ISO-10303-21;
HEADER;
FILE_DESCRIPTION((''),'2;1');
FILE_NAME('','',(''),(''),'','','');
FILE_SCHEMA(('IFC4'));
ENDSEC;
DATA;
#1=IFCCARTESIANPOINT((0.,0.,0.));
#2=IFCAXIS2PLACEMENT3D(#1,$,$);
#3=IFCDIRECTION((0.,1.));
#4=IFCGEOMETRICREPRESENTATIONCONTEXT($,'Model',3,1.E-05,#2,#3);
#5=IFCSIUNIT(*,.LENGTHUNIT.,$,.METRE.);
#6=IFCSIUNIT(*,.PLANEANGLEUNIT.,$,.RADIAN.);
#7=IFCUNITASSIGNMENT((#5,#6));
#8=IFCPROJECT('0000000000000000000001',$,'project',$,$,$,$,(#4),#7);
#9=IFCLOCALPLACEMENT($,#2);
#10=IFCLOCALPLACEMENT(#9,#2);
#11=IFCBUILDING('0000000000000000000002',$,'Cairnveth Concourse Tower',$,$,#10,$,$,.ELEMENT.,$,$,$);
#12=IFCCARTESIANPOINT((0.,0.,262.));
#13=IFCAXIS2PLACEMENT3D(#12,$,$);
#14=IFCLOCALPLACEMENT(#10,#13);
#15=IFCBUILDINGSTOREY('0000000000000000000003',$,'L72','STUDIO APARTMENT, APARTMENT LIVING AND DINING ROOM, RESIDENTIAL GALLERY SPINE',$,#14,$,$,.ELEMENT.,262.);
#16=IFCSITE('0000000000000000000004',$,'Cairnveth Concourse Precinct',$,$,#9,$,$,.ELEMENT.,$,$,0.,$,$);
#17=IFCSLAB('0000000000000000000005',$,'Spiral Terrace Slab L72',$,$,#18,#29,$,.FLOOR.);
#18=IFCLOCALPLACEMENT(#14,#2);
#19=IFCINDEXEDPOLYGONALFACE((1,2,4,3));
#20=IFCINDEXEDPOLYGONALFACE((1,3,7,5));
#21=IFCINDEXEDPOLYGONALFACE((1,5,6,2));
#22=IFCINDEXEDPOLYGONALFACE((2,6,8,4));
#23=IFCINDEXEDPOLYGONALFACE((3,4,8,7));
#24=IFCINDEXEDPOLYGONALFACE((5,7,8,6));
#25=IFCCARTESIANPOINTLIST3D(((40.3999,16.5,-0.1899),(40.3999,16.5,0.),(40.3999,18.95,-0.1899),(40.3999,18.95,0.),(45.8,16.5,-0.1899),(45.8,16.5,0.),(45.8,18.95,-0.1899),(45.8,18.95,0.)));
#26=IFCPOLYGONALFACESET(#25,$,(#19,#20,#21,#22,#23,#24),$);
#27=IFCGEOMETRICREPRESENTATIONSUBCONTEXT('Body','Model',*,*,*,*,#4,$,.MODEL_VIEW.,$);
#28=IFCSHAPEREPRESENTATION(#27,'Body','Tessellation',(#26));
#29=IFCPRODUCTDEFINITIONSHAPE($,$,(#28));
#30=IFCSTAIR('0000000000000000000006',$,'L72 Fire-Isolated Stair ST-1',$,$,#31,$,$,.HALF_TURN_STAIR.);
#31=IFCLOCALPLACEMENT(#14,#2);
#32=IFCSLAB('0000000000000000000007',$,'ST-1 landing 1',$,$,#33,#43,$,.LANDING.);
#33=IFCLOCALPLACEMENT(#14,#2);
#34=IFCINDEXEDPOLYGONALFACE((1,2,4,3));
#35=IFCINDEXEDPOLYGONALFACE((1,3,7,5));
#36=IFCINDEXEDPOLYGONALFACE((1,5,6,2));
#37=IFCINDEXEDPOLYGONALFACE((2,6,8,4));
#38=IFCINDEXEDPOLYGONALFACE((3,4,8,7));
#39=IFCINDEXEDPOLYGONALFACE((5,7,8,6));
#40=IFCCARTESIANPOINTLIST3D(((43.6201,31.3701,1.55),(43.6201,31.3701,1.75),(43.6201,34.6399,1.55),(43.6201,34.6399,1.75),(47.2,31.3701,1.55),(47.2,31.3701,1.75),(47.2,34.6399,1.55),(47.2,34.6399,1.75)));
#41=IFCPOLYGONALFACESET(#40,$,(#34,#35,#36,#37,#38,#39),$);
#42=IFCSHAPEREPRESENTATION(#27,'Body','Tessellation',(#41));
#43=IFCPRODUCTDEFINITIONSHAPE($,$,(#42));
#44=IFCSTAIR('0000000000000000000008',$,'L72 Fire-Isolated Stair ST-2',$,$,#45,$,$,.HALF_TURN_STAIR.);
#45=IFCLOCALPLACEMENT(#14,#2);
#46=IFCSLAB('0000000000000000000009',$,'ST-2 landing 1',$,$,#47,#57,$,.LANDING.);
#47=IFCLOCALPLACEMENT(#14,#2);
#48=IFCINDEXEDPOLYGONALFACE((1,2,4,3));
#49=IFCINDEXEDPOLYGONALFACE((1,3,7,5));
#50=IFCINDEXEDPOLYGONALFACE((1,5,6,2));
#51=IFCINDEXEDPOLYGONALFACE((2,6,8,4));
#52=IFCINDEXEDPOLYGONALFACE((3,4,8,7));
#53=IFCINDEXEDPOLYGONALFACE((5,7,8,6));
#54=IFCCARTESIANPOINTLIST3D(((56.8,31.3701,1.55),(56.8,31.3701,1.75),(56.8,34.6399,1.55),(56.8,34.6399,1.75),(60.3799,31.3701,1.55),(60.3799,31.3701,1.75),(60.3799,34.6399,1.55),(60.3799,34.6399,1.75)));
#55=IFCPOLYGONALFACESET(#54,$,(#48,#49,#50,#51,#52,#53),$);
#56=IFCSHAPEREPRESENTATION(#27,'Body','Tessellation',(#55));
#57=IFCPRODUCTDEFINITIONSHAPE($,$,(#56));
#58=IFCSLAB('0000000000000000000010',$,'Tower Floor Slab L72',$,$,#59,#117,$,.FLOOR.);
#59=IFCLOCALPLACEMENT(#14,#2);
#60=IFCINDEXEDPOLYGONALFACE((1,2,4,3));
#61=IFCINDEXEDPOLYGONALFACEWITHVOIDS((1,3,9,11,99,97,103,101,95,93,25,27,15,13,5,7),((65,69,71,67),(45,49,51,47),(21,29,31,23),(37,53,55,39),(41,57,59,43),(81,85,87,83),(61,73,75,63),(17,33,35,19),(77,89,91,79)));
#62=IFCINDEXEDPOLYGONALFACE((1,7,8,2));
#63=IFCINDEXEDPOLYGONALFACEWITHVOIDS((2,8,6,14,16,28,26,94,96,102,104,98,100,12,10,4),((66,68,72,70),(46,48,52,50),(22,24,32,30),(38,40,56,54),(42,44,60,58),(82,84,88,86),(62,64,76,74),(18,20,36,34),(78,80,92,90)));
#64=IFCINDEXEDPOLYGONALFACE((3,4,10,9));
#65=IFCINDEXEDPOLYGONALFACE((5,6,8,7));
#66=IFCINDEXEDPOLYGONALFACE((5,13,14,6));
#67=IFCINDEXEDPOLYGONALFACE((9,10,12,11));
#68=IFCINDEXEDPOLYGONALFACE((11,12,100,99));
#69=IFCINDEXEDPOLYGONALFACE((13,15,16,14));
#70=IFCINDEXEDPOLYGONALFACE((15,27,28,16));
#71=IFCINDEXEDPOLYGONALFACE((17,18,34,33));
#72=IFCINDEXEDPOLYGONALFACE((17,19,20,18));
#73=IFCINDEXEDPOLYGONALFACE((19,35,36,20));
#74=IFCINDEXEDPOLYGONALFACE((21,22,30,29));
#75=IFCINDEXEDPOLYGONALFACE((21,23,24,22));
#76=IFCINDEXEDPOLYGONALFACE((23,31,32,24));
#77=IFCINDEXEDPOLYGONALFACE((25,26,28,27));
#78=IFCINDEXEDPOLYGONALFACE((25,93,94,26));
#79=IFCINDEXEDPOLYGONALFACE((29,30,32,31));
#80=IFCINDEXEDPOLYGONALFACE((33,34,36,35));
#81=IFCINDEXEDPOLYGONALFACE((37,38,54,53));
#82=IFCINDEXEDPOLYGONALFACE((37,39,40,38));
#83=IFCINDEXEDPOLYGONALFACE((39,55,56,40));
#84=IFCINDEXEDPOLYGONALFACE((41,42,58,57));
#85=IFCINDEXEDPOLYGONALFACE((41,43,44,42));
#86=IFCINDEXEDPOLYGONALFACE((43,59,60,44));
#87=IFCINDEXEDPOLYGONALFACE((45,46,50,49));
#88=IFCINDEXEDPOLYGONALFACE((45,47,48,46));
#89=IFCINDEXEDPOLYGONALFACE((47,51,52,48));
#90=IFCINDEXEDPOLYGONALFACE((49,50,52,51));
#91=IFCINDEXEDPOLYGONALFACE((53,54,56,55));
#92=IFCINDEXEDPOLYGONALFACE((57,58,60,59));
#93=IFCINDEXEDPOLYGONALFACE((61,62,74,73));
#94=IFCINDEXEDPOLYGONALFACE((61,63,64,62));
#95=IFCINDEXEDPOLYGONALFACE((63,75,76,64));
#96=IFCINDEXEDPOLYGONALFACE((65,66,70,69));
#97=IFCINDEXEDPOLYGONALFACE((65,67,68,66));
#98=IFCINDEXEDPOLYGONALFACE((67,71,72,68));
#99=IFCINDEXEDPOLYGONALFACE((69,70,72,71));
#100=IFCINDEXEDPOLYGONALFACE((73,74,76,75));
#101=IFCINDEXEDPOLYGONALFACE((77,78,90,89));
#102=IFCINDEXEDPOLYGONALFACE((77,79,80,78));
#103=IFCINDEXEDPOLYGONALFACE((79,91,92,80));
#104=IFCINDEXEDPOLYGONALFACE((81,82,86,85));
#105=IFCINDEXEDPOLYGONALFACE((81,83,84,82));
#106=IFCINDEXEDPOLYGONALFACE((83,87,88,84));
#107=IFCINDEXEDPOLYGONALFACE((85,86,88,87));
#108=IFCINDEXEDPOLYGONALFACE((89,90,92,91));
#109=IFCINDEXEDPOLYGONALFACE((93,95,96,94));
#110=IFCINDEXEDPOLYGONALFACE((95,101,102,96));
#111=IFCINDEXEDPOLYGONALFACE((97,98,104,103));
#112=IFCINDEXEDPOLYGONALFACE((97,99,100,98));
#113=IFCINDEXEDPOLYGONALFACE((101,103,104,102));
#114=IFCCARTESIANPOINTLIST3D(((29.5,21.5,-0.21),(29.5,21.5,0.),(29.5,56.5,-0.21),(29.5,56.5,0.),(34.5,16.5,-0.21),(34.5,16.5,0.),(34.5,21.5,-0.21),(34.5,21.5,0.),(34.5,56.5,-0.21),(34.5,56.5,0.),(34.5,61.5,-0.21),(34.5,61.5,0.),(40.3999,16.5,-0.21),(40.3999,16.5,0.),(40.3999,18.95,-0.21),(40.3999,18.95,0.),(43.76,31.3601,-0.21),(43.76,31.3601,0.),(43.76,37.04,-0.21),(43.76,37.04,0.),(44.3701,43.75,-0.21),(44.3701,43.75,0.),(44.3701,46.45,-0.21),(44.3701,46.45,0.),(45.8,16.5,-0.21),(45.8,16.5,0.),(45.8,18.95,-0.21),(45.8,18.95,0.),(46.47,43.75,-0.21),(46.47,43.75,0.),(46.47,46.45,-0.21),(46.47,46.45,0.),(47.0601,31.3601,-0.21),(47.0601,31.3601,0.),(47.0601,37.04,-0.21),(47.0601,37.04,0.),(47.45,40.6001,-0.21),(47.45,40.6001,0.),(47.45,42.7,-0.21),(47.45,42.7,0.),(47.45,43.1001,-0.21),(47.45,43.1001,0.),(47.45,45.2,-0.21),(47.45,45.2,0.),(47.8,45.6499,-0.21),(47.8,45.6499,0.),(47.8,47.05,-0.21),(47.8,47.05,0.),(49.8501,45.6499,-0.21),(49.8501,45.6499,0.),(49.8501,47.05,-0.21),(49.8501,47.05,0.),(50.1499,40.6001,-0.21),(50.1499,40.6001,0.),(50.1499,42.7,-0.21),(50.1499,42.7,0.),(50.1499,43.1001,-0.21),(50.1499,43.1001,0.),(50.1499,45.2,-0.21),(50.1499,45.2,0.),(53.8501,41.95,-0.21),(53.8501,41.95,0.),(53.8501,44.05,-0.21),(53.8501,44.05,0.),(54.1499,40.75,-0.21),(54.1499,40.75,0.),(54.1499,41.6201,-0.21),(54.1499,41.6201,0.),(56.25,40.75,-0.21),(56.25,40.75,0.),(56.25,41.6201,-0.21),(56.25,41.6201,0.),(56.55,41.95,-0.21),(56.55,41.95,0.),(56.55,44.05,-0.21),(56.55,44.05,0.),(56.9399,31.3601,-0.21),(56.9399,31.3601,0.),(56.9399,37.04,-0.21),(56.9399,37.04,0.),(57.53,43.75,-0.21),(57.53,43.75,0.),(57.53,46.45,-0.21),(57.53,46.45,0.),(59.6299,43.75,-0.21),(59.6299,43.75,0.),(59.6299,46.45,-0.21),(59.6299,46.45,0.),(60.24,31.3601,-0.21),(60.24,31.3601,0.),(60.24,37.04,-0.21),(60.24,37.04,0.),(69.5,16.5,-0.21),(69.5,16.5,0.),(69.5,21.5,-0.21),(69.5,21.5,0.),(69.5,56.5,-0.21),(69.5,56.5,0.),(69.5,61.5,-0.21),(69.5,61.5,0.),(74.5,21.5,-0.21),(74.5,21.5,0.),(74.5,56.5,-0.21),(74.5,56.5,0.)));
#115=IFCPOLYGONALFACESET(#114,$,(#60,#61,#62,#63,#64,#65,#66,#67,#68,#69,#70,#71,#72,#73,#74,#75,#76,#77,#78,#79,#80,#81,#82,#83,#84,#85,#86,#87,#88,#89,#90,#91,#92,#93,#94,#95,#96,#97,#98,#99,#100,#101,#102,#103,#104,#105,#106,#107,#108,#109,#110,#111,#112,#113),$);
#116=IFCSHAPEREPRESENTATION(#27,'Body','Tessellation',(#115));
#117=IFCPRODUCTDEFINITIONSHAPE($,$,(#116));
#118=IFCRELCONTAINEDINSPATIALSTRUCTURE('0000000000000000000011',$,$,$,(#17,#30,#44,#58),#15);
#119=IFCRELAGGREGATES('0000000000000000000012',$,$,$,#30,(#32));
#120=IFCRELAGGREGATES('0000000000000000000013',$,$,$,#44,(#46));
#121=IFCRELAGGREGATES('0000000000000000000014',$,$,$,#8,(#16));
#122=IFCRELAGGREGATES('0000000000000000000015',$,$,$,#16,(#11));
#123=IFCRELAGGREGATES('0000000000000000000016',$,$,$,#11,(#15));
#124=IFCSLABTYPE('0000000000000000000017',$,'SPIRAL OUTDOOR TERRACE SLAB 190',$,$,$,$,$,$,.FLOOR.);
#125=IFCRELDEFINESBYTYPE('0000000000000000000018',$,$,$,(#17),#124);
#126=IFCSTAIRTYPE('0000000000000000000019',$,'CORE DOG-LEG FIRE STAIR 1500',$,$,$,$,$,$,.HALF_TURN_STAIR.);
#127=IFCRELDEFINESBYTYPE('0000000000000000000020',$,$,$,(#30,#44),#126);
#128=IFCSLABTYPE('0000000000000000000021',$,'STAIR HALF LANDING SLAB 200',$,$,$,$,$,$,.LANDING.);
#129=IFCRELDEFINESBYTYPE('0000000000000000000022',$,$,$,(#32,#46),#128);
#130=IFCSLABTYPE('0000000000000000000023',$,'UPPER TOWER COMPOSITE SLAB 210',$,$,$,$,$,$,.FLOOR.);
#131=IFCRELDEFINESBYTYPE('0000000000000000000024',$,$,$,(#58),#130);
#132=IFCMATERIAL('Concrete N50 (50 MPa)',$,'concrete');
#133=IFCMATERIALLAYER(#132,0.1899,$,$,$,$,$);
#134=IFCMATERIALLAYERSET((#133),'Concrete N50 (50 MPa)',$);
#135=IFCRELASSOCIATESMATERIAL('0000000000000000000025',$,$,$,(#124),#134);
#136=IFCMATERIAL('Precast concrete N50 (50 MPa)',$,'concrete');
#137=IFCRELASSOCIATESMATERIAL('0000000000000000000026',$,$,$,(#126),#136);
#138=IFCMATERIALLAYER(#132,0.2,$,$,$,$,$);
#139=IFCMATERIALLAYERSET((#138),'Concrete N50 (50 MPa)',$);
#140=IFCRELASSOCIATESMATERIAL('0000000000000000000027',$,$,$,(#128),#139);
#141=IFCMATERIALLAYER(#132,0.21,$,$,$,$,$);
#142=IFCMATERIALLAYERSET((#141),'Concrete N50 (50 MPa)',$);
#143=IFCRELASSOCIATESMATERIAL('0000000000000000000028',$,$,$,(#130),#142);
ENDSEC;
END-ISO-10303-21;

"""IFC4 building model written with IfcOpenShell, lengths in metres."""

from ifc_helpers import new_model, si_unit, direction, frame, origin, place, context, subcontext, project, spatial, polyline, outline, extrude, material, layer, layer_set, type_object, element, aggregate, save


model = new_model("IFC4")

# Units and contexts
model_context = context("Model", 3, precision=1e-05, world=origin(), true_north=direction((0.0, 1.0)))
body_context = subcontext(model_context, "Body", "Model", "MODEL_VIEW")
ifc_project = project(units=[si_unit("LENGTHUNIT", "METRE"), si_unit("PLANEANGLEUNIT", "RADIAN")], contexts=[model_context])

# Site, building, storey
site_placement = place(None, origin())
site = spatial("IfcSite", under=ifc_project, at=site_placement, Name="Cairnveth Concourse Precinct", CompositionType="ELEMENT", RefElevation=0.0)
building_placement = place(site_placement, origin())
building = spatial("IfcBuilding", under=site, at=building_placement, Name="Cairnveth Concourse Tower", CompositionType="ELEMENT")
storey_placement = place(building_placement, frame((0.0, 0.0, 262.0)))
storey = spatial("IfcBuildingStorey", under=building, at=storey_placement, Name="L72", Description="STUDIO APARTMENT, APARTMENT LIVING AND DINING ROOM, RESIDENTIAL GALLERY SPINE", CompositionType="ELEMENT", Elevation=262.0)

# Slab
ifc_material_1 = material(Name="Concrete N50 (50 MPa)", Category="concrete")
ifc_layer_1 = layer(ifc_material_1, 0.1899)
ifc_layer_set_1 = layer_set([ifc_layer_1], Name="Concrete N50 (50 MPa)")
slab_type_1 = type_object("IfcSlabType", Name="SPIRAL OUTDOOR TERRACE SLAB 190", PredefinedType="FLOOR", material=ifc_layer_set_1)
slab_1_placement = place(storey_placement, frame((0.0, 0.0, -0.1899)))
element("IfcSlab", 1, at=slab_1_placement, inside=storey, type_object=slab_type_1, Name="Spiral Terrace Slab L72", PredefinedType="FLOOR", context=body_context, shape_type="SweptSolid", body=[
    extrude(outline(polyline([(40.3999, 16.5), (45.8, 16.5), (45.8, 18.95), (40.3999, 18.95), (40.3999, 16.5)])), origin(), (0.0, 0.0, 1.0), 0.1899),
])

# Stairs, slabs
ifc_material_2 = material(Name="Precast concrete N50 (50 MPa)", Category="concrete")
stair_type = type_object("IfcStairType", Name="CORE DOG-LEG FIRE STAIR 1500", PredefinedType="HALF_TURN_STAIR", material=ifc_material_2)
stair_1_placement = place(storey_placement, origin())
stair_1 = element("IfcStair", 2, at=stair_1_placement, inside=storey, type_object=stair_type, Name="L72 Fire-Isolated Stair ST-1", PredefinedType="HALF_TURN_STAIR")
ifc_layer_2 = layer(ifc_material_1, 0.2)
ifc_layer_set_2 = layer_set([ifc_layer_2], Name="Concrete N50 (50 MPa)")
slab_type_2 = type_object("IfcSlabType", Name="STAIR HALF LANDING SLAB 200", PredefinedType="LANDING", material=ifc_layer_set_2)
slab_2_placement = place(storey_placement, frame((0.0, 0.0, 1.55)))
slab_2 = element("IfcSlab", 3, at=slab_2_placement, type_object=slab_type_2, Name="ST-1 landing 1", PredefinedType="LANDING", context=body_context, shape_type="SweptSolid", body=[
    extrude(outline(polyline([(43.6201, 34.6399), (43.6201, 31.3701), (47.2, 31.3701), (47.2, 34.6399), (43.6201, 34.6399)])), origin(), (0.0, 0.0, 1.0), 0.2),
])
aggregate(stair_1, [slab_2])
stair_2_placement = place(storey_placement, origin())
stair_2 = element("IfcStair", 4, at=stair_2_placement, inside=storey, type_object=stair_type, Name="L72 Fire-Isolated Stair ST-2", PredefinedType="HALF_TURN_STAIR")
slab_3_placement = place(storey_placement, frame((0.0, 0.0, 1.55)))
slab_3 = element("IfcSlab", 5, at=slab_3_placement, type_object=slab_type_2, Name="ST-2 landing 1", PredefinedType="LANDING", context=body_context, shape_type="SweptSolid", body=[
    extrude(outline(polyline([(56.8, 34.6399), (56.8, 31.3701), (60.3799, 31.3701), (60.3799, 34.6399), (56.8, 34.6399)])), origin(), (0.0, 0.0, 1.0), 0.2),
])
aggregate(stair_2, [slab_3])

# Slab
ifc_layer_3 = layer(ifc_material_1, 0.21)
ifc_layer_set_3 = layer_set([ifc_layer_3], Name="Concrete N50 (50 MPa)")
slab_type_3 = type_object("IfcSlabType", Name="UPPER TOWER COMPOSITE SLAB 210", PredefinedType="FLOOR", material=ifc_layer_set_3)
slab_4_placement = place(storey_placement, frame((0.0, 0.0, -0.21)))
element("IfcSlab", 6, at=slab_4_placement, inside=storey, type_object=slab_type_3, Name="Tower Floor Slab L72", PredefinedType="FLOOR", context=body_context, shape_type="SweptSolid", body=[
    extrude(outline(polyline([(40.3999, 16.5), (40.3999, 18.95), (45.8, 18.95), (45.8, 16.5), (69.5, 16.5), (69.5, 21.5), (74.5, 21.5), (74.5, 56.5), (69.5, 56.5), (69.5, 61.5), (34.5, 61.5), (34.5, 56.5), (29.5, 56.5), (29.5, 21.5), (34.5, 21.5), (34.5, 16.5), (40.3999, 16.5)]), holes=[polyline([(43.76, 31.3601), (47.0601, 31.3601), (47.0601, 37.04), (43.76, 37.04), (43.76, 31.3601)]), polyline([(56.9399, 31.3601), (60.24, 31.3601), (60.24, 37.04), (56.9399, 37.04), (56.9399, 31.3601)]), polyline([(44.3701, 43.75), (46.47, 43.75), (46.47, 46.45), (44.3701, 46.45), (44.3701, 43.75)]), polyline([(57.53, 43.75), (59.6299, 43.75), (59.6299, 46.45), (57.53, 46.45), (57.53, 43.75)]), polyline([(47.45, 40.6001), (50.1499, 40.6001), (50.1499, 42.7), (47.45, 42.7), (47.45, 40.6001)]), polyline([(47.45, 43.1001), (50.1499, 43.1001), (50.1499, 45.2), (47.45, 45.2), (47.45, 43.1001)]), polyline([(53.8501, 41.95), (56.55, 41.95), (56.55, 44.05), (53.8501, 44.05), (53.8501, 41.95)]), polyline([(47.8, 45.6499), (49.8501, 45.6499), (49.8501, 47.05), (47.8, 47.05), (47.8, 45.6499)]), polyline([(54.1499, 40.75), (56.25, 40.75), (56.25, 41.6201), (54.1499, 41.6201), (54.1499, 40.75)])]), origin(), (0.0, 0.0, 1.0), 0.21),
])

save(model, "model.ifc")
